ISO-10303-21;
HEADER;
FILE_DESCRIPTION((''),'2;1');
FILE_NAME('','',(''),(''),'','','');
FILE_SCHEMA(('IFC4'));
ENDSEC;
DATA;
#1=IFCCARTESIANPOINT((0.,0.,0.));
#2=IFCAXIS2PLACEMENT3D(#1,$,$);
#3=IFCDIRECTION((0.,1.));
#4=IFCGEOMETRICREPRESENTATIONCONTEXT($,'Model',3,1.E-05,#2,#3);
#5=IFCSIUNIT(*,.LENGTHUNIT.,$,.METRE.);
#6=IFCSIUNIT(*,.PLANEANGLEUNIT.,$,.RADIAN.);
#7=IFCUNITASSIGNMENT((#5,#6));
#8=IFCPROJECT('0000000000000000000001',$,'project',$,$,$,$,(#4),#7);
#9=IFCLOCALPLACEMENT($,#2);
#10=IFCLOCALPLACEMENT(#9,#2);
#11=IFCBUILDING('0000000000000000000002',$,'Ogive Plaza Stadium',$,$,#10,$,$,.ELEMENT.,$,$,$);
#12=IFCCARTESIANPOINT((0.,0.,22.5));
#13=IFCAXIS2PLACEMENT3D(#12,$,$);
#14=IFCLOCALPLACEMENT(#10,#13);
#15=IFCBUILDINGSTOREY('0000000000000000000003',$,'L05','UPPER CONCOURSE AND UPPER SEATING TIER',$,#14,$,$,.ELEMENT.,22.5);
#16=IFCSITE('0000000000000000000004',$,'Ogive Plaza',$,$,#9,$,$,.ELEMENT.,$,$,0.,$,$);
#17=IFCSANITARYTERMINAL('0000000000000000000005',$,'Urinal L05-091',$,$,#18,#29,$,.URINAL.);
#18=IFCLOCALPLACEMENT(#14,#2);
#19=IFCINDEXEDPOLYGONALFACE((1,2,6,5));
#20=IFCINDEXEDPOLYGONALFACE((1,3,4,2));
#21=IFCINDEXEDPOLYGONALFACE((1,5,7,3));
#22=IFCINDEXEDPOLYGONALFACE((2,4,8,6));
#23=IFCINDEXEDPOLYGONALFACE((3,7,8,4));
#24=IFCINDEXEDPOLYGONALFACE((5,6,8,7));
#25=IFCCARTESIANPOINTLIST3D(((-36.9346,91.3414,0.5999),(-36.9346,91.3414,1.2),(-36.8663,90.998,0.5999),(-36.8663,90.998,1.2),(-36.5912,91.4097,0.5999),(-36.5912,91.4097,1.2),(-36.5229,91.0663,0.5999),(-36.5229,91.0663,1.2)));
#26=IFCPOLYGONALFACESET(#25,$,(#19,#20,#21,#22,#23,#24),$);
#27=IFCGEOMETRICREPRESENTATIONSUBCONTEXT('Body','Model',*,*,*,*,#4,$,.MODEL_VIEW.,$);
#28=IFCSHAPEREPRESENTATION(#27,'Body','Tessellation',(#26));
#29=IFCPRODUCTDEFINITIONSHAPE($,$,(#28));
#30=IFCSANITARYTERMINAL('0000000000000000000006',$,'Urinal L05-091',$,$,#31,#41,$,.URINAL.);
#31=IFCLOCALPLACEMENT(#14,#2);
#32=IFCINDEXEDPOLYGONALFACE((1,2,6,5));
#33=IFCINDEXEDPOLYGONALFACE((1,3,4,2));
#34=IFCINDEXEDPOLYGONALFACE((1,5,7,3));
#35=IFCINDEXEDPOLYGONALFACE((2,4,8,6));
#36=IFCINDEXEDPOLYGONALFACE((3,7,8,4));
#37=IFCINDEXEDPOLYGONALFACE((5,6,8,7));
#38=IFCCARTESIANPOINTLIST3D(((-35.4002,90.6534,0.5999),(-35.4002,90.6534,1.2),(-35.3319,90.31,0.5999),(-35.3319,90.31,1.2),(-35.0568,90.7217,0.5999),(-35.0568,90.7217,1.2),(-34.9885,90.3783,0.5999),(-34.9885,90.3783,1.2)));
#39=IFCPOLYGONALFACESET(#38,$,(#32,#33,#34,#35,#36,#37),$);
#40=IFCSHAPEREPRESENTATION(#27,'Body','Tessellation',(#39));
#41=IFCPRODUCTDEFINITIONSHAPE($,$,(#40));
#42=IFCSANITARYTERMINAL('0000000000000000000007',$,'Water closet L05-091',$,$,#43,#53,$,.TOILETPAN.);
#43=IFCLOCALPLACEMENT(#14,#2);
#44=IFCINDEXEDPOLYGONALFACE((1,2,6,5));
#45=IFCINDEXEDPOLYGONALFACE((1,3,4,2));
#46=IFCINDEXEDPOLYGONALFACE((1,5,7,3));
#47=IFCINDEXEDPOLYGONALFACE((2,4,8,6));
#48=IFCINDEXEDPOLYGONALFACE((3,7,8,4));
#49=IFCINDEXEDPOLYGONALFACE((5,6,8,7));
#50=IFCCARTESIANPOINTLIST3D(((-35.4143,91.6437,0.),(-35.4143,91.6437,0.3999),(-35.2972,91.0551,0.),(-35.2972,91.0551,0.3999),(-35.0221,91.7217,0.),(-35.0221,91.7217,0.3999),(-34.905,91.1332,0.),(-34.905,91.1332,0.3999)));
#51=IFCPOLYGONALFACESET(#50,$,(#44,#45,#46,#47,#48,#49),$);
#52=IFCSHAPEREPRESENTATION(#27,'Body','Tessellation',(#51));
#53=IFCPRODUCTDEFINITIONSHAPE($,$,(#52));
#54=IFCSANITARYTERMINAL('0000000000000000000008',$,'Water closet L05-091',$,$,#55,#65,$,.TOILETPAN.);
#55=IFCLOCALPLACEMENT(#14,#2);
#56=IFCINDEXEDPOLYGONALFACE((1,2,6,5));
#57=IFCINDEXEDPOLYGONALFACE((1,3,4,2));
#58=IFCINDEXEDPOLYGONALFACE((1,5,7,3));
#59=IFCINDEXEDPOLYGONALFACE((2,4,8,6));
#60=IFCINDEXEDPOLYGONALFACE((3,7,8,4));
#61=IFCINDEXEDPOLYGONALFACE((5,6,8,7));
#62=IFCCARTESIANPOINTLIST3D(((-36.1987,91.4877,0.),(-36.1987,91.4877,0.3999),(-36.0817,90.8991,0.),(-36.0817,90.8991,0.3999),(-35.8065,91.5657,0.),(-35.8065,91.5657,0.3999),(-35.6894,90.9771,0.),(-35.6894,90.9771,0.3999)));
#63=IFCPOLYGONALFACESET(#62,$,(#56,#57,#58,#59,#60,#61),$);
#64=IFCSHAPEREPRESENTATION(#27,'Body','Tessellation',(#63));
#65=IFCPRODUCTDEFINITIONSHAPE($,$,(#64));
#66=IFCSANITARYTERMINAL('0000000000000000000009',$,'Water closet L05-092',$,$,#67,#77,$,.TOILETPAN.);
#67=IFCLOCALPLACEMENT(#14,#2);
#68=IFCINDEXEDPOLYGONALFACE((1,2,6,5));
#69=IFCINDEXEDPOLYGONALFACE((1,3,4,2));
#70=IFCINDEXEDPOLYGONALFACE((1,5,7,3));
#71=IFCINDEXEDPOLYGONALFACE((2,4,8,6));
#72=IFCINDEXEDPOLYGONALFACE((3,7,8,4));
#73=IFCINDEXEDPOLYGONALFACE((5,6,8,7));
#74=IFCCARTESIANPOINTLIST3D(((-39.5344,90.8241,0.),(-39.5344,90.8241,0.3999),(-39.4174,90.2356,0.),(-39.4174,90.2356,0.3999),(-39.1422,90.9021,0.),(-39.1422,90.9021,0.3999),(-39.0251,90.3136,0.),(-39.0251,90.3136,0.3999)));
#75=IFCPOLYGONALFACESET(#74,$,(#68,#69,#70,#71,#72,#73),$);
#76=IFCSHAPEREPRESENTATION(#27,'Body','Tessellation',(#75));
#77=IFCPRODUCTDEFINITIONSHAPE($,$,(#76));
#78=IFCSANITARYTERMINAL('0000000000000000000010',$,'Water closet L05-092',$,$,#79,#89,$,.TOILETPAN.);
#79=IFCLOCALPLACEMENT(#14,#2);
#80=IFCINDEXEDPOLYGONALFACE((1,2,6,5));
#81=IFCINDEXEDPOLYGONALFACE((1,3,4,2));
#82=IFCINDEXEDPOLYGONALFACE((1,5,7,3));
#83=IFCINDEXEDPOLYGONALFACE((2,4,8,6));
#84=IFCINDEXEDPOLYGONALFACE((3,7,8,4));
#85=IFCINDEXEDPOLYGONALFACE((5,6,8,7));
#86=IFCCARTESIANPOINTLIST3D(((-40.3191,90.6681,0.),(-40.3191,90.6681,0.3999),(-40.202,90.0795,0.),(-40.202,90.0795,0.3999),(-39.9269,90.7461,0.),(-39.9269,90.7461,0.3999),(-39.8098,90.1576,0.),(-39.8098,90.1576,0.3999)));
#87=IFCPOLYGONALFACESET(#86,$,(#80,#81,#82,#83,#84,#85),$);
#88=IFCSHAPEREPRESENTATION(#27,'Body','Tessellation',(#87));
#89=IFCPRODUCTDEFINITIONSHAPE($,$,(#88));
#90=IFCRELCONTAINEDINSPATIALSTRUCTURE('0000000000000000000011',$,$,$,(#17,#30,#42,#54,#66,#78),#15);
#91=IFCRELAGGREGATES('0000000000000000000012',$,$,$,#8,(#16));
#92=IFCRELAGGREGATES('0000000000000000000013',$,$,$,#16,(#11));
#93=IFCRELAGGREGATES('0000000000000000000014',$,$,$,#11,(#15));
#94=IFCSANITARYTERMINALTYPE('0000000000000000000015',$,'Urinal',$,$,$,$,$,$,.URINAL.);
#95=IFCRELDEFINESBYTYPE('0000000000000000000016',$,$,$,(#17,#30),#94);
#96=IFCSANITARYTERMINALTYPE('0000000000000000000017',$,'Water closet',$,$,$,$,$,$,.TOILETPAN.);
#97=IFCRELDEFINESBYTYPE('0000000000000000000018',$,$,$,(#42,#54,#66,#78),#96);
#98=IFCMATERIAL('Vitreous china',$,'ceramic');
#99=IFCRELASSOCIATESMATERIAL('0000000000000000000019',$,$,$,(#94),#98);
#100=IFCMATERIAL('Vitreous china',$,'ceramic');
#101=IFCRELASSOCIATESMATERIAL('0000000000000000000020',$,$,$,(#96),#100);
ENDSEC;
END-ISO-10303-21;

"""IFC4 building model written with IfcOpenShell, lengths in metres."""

from ifc_helpers import new_model, si_unit, direction, frame, origin, origin_2d, place, context, subcontext, project, spatial, rectangle, extrude, material, type_object, element, save


model = new_model("IFC4")

# Units and contexts
model_context = context("Model", 3, precision=1e-05, world=origin(), true_north=direction((0.0, 1.0)))
body_context = subcontext(model_context, "Body", "Model", "MODEL_VIEW")
ifc_project = project(units=[si_unit("LENGTHUNIT", "METRE"), si_unit("PLANEANGLEUNIT", "RADIAN")], contexts=[model_context])

# Site, building, storey
site_placement = place(None, origin())
site = spatial("IfcSite", under=ifc_project, at=site_placement, Name="Ogive Plaza", CompositionType="ELEMENT", RefElevation=0.0)
building_placement = place(site_placement, origin())
building = spatial("IfcBuilding", under=site, at=building_placement, Name="Ogive Plaza Stadium", CompositionType="ELEMENT")
storey_placement = place(building_placement, frame((0.0, 0.0, 22.5)))
storey = spatial("IfcBuildingStorey", under=building, at=storey_placement, Name="L05", Description="UPPER CONCOURSE AND UPPER SEATING TIER", CompositionType="ELEMENT", Elevation=22.5)

# Sanitary terminals
ifc_material_1 = material(Name="Vitreous china", Category="ceramic")
sanitary_terminal_type_1 = type_object("IfcSanitaryTerminalType", Name="Urinal", PredefinedType="URINAL", material=ifc_material_1)
for number, where, z_axis, x_axis, name in (
    (1, (-36.7288, 91.2039, 0.5999), (0.0, 0.0, 1.0), (-0.980785, -0.19509, 0.0), "Urinal L05-091"),
    (2, (-35.1943, 90.5159, 0.5999), (0.0, 0.0, 1.0), (-0.980785, -0.19509, 0.0), "Urinal L05-091"),
):
    element("IfcSanitaryTerminal", number, at=place(storey_placement, frame(where, z_axis=z_axis, x_axis=x_axis)), inside=storey, type_object=sanitary_terminal_type_1, Name=name, PredefinedType="URINAL", context=body_context, shape_type="SweptSolid", body=[
        extrude(rectangle(XDim=0.3501, YDim=0.3501, at=origin_2d()), origin(), (0.0, 0.0, 1.0), 0.6001),
    ])
ifc_material_2 = material(Name="Vitreous china", Category="ceramic")
sanitary_terminal_type_2 = type_object("IfcSanitaryTerminalType", Name="Water closet", PredefinedType="TOILETPAN", material=ifc_material_2)
for number, where, z_axis, x_axis, name in (
    (3, (-35.1597, 91.3884, 0.0), (0.0, 0.0, 1.0), (-0.980785, -0.19509, 0.0), "Water closet L05-091"),
    (4, (-35.9441, 91.2324, 0.0), (0.0, 0.0, 1.0), (-0.980785, -0.19509, 0.0), "Water closet L05-091"),
    (5, (-39.2798, 90.5688, 0.0), (0.0, 0.0, 1.0), (-0.980785, -0.19509, 0.0), "Water closet L05-092"),
    (6, (-40.0645, 90.4128, 0.0), (0.0, 0.0, 1.0), (-0.980785, -0.19509, 0.0), "Water closet L05-092"),
):
    element("IfcSanitaryTerminal", number, at=place(storey_placement, frame(where, z_axis=z_axis, x_axis=x_axis)), inside=storey, type_object=sanitary_terminal_type_2, Name=name, PredefinedType="TOILETPAN", context=body_context, shape_type="SweptSolid", body=[
        extrude(rectangle(XDim=0.3999, YDim=0.6001, at=origin_2d()), origin(), (0.0, 0.0, 1.0), 0.3999),
    ])

save(model, "model.ifc")
